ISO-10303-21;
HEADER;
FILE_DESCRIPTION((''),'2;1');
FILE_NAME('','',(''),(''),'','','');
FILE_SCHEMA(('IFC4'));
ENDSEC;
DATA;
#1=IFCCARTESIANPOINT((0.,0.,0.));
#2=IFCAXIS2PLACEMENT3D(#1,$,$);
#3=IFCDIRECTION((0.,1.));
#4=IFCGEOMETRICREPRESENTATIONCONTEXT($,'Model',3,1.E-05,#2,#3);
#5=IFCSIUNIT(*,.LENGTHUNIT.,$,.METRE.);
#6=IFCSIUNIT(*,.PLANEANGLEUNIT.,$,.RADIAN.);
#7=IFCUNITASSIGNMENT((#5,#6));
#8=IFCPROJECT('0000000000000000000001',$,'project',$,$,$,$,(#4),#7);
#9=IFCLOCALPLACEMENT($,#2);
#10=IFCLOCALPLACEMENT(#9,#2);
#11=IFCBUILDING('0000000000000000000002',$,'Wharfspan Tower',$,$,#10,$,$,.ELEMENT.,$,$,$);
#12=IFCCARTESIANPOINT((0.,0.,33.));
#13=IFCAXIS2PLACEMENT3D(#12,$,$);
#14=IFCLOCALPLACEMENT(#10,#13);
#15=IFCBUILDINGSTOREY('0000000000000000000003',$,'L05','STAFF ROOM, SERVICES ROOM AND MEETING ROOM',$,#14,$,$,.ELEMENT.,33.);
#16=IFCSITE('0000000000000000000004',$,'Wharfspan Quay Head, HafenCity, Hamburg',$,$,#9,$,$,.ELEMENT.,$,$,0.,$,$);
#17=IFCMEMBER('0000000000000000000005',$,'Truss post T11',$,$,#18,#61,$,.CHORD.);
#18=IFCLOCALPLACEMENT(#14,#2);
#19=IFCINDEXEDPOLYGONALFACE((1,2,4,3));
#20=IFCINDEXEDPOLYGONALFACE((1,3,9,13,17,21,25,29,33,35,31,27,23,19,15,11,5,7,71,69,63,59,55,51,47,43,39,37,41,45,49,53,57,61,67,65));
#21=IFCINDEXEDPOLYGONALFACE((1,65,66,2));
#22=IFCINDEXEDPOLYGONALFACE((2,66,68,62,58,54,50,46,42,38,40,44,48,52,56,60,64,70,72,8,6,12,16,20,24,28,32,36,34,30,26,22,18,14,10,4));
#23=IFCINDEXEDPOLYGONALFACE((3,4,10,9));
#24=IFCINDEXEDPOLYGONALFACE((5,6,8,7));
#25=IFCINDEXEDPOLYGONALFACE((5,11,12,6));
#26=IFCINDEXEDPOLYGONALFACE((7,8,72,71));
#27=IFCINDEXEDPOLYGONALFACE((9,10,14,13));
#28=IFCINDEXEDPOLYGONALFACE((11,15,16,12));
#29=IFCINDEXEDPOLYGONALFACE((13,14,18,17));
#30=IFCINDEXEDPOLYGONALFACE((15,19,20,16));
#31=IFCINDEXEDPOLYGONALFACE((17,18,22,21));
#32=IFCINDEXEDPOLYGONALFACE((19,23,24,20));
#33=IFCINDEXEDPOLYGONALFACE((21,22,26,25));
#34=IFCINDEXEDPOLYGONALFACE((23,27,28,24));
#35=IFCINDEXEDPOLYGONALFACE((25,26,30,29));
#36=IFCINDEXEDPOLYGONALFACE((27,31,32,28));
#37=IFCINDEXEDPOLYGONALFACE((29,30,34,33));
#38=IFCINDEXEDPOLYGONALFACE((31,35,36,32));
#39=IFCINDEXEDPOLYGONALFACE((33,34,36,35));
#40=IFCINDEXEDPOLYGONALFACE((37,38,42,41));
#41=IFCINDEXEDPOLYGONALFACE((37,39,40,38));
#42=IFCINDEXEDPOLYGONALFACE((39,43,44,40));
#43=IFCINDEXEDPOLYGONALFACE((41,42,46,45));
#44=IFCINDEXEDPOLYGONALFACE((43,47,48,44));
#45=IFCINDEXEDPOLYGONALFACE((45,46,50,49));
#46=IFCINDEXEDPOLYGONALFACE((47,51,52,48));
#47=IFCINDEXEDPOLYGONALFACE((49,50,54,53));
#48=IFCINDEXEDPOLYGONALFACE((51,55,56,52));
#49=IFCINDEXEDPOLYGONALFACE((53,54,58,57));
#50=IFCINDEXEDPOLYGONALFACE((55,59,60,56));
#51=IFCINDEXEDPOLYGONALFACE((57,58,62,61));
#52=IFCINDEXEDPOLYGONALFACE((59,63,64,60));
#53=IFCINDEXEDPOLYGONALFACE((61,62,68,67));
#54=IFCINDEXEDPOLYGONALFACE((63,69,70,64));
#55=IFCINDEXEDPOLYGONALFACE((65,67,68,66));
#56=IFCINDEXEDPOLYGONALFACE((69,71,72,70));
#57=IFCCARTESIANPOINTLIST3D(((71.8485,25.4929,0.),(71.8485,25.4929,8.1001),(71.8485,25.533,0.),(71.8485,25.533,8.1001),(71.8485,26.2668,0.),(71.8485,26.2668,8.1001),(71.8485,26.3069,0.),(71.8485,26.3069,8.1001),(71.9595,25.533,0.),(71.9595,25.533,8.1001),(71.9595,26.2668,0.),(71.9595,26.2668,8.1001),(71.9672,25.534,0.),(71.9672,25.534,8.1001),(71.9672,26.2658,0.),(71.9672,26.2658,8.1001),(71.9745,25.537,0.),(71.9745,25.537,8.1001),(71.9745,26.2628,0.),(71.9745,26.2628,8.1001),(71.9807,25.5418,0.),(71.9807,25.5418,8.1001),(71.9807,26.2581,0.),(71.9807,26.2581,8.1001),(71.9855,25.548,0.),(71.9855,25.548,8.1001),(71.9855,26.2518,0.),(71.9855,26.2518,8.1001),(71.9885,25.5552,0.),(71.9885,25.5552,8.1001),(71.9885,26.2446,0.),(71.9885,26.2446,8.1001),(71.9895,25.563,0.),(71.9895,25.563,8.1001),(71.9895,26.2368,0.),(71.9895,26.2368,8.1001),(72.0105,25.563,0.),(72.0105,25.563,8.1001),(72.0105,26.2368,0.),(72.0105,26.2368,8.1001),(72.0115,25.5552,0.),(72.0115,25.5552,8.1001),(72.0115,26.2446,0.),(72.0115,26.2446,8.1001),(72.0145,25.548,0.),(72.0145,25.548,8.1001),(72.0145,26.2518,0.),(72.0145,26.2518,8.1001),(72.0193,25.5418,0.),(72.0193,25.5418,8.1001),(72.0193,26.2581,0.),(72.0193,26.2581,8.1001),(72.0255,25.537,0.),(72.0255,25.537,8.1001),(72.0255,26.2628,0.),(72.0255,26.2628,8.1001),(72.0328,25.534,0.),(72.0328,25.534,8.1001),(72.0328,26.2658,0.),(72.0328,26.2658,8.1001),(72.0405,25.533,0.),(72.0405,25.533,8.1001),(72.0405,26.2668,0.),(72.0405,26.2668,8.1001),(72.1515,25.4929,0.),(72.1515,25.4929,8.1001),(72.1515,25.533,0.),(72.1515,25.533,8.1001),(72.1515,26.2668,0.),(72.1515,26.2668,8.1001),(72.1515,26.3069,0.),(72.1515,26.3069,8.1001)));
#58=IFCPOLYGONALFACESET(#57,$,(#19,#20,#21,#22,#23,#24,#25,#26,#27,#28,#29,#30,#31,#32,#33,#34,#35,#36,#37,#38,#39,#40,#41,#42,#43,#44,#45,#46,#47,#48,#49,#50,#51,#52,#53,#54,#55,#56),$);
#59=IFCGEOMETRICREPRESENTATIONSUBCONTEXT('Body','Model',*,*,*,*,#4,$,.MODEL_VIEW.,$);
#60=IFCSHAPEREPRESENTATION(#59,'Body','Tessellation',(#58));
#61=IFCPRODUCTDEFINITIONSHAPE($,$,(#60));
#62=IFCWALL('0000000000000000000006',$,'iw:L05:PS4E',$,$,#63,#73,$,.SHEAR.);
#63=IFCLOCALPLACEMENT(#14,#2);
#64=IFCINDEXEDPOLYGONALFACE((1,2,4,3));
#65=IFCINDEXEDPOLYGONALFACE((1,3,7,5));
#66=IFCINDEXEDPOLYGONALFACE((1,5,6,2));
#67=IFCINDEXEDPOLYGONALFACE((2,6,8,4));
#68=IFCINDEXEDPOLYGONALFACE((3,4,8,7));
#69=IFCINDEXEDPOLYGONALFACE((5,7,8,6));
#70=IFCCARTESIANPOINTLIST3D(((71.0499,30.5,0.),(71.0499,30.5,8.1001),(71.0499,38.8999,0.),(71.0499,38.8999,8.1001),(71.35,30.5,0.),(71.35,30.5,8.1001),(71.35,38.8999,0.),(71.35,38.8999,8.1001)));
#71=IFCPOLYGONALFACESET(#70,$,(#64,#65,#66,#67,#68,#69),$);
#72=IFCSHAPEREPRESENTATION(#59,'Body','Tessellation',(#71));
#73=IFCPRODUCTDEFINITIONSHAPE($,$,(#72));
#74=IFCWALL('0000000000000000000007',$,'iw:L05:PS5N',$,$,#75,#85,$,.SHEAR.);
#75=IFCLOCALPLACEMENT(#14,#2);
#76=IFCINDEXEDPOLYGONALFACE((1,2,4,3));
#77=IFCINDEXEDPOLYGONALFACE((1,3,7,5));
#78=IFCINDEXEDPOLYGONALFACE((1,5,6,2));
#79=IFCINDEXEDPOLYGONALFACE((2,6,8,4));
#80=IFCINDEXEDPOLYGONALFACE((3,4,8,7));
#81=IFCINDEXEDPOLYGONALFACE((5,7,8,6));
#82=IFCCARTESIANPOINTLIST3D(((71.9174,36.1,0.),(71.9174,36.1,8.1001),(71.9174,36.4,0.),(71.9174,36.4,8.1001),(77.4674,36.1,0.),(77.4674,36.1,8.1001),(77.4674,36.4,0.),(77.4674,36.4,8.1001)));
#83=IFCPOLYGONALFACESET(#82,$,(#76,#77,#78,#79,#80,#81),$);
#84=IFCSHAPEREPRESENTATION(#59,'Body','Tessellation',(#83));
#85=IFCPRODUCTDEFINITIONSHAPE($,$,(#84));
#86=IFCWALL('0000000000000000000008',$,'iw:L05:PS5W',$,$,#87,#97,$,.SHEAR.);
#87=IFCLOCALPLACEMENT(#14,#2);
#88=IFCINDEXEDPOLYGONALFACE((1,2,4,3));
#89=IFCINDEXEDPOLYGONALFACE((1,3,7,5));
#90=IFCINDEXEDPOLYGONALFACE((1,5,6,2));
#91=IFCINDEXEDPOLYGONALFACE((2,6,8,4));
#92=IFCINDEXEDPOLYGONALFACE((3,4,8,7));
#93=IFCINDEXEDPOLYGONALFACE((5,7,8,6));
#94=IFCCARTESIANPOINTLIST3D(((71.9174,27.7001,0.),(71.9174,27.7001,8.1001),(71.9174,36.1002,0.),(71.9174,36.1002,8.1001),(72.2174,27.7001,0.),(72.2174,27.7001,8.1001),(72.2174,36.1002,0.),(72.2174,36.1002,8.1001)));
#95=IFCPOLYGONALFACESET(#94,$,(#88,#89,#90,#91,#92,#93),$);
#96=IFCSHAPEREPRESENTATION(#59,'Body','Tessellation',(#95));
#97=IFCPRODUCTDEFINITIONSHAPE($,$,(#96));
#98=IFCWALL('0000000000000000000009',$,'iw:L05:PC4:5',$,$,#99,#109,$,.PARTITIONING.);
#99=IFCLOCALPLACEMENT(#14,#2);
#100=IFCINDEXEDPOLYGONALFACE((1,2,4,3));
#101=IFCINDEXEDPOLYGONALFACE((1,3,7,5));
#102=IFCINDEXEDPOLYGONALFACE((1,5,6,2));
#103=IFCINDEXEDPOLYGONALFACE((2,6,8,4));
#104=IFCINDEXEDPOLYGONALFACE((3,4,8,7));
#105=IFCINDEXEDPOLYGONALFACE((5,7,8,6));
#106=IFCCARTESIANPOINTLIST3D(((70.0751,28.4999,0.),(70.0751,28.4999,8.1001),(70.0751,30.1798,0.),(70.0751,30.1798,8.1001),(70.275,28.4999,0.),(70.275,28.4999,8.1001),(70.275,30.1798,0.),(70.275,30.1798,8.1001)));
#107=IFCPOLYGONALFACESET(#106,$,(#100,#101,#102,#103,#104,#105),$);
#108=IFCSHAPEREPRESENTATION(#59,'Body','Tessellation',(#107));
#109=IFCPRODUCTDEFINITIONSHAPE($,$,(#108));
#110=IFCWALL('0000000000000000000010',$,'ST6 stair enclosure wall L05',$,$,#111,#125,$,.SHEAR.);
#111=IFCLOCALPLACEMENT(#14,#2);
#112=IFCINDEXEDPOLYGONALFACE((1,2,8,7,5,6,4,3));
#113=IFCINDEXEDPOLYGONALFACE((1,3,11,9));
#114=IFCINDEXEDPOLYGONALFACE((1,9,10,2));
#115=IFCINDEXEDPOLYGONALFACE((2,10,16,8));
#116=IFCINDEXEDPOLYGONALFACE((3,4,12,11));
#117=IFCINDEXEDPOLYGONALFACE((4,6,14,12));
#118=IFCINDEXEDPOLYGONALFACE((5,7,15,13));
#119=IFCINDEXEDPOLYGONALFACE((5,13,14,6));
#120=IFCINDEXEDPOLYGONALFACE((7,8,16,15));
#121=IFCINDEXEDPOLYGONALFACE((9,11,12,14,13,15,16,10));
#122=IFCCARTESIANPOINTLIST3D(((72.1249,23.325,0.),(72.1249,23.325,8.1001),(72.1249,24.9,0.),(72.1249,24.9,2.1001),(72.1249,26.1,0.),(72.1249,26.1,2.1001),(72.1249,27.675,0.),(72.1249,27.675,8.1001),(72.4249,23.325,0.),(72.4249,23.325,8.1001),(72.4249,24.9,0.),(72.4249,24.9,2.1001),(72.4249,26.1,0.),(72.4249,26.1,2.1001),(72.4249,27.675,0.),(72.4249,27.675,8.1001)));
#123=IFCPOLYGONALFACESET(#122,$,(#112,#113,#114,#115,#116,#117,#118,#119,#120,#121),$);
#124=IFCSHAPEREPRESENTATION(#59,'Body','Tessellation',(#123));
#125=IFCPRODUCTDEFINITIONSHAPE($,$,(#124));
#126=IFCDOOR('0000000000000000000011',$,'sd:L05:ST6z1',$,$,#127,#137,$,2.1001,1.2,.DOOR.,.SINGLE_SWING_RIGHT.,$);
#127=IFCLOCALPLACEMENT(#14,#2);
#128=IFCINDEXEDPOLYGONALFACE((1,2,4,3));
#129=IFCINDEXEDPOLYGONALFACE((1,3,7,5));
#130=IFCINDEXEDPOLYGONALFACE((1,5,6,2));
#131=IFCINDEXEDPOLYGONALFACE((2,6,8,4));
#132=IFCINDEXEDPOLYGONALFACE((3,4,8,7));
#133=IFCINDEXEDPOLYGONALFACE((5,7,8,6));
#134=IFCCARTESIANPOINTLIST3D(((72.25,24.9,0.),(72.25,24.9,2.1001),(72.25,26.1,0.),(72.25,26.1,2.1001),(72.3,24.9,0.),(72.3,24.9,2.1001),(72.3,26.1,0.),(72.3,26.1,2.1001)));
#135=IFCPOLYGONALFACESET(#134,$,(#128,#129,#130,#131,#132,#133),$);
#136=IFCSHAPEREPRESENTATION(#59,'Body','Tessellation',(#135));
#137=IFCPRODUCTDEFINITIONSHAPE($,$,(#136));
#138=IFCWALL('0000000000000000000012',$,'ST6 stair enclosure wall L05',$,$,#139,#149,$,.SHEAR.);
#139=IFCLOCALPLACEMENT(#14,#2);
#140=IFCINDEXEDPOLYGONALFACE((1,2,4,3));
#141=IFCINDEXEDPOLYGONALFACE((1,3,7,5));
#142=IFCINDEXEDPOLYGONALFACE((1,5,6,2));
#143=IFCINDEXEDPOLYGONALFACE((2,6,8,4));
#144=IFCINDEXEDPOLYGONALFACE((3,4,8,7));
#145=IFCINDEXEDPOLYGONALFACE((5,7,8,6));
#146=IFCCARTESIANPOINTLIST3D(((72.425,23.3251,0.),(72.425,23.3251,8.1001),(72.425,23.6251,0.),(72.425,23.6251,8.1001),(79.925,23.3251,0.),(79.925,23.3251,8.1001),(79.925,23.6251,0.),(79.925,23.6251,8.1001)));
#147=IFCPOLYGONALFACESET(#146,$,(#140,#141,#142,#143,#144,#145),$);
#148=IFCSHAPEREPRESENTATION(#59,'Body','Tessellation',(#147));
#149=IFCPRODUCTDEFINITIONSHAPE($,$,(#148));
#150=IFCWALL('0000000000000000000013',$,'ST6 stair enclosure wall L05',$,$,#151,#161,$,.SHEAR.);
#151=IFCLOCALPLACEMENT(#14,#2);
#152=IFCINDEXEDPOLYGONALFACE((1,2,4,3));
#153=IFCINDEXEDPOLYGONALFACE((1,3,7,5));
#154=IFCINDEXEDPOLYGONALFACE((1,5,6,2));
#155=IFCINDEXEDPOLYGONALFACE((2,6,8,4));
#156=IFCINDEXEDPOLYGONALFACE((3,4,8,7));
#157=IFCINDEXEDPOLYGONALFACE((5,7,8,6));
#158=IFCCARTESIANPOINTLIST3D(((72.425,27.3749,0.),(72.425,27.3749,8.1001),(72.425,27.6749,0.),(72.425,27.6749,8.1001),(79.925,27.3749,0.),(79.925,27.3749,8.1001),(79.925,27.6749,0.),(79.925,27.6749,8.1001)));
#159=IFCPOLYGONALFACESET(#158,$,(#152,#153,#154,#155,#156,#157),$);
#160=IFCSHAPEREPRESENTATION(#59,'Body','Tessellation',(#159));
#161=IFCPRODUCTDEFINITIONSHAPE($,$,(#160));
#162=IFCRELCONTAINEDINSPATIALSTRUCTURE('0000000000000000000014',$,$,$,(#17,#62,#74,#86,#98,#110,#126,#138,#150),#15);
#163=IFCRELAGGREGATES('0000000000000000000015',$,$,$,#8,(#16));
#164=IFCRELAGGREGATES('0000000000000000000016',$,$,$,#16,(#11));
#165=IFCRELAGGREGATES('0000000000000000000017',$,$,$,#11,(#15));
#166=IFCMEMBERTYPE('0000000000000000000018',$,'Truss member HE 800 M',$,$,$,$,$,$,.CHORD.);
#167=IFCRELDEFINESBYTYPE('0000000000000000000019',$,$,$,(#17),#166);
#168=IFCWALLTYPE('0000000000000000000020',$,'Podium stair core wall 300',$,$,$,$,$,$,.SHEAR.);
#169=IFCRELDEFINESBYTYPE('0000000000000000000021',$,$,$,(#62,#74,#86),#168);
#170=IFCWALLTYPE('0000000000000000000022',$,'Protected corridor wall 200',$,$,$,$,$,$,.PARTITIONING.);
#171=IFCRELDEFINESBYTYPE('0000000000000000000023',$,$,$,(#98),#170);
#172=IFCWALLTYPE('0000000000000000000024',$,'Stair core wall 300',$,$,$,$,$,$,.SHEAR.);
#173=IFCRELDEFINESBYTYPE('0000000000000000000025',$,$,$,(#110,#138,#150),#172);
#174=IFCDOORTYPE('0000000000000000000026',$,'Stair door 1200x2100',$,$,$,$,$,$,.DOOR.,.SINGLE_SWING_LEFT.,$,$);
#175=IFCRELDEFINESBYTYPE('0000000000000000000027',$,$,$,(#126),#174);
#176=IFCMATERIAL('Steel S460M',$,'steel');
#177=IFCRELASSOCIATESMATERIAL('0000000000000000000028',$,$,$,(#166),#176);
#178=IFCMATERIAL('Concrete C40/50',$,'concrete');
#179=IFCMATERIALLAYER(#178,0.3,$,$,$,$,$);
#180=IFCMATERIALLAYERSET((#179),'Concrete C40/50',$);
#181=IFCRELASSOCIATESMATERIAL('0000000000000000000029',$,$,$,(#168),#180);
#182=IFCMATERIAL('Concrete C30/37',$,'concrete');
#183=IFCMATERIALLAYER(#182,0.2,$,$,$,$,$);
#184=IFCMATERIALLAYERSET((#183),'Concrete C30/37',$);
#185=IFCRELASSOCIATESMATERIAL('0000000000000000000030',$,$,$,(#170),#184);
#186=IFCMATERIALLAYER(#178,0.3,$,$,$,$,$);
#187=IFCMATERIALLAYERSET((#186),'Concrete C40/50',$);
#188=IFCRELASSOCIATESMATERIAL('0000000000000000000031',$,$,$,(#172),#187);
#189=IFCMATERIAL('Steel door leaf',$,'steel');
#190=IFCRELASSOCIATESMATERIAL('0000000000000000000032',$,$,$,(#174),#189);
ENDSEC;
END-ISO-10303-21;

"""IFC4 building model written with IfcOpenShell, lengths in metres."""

from ifc_helpers import new_model, si_unit, direction, frame, frame_2d, origin, origin_2d, place, context, subcontext, project, spatial, rectangle, i_section, extrude, material, layer, layer_set, material_profile, profile_set, type_object, element, fill, save


model = new_model("IFC4")

# Units and contexts
model_context = context("Model", 3, precision=1e-05, world=origin(), true_north=direction((0.0, 1.0)))
body_context = subcontext(model_context, "Body", "Model", "MODEL_VIEW")
ifc_project = project(units=[si_unit("LENGTHUNIT", "METRE"), si_unit("PLANEANGLEUNIT", "RADIAN")], contexts=[model_context])

# Site, building, storey
site_placement = place(None, origin())
site = spatial("IfcSite", under=ifc_project, at=site_placement, Name="Wharfspan Quay Head, HafenCity, Hamburg", CompositionType="ELEMENT", RefElevation=0.0)
building_placement = place(site_placement, origin())
building = spatial("IfcBuilding", under=site, at=building_placement, Name="Wharfspan Tower", CompositionType="ELEMENT")
storey_placement = place(building_placement, frame((0.0, 0.0, 33.0)))
storey = spatial("IfcBuildingStorey", under=building, at=storey_placement, Name="L05", Description="STAFF ROOM, SERVICES ROOM AND MEETING ROOM", CompositionType="ELEMENT", Elevation=33.0)

# Member
ifc_material_1 = material(Name="Steel S460M", Category="steel")
ifc_material_profile_1 = material_profile(ifc_material_1, i_section(OverallWidth=0.303, OverallDepth=0.814, WebThickness=0.021, FlangeThickness=0.04, FilletRadius=0.03, at=origin_2d()))
ifc_profile_set_1 = profile_set([ifc_material_profile_1], Name="Steel S460M")
member_type_1 = type_object("IfcMemberType", Name="Truss member HE 800 M", PredefinedType="CHORD", material=ifc_profile_set_1)
for number, where, z_axis, x_axis, name in (
    (1, (72.0, 25.8999, 0.0), (0.0, 0.0, 1.0), (1.0, 0.0, 0.0), "Truss post T11"),
):
    element("IfcMember", number, at=place(storey_placement, frame(where, z_axis=z_axis, x_axis=x_axis)), inside=storey, type_object=member_type_1, Name=name, PredefinedType="CHORD", context=body_context, shape_type="SweptSolid", body=[
        extrude(i_section(OverallWidth=0.303, OverallDepth=0.814, WebThickness=0.021, FlangeThickness=0.04, FilletRadius=0.03, at=origin_2d()), origin(), (0.0, 0.0, 1.0), 8.1001),
    ])

# Walls
ifc_material_2 = material(Name="Concrete C40/50", Category="concrete")
ifc_layer_1 = layer(ifc_material_2, 0.3)
ifc_layer_set_1 = layer_set([ifc_layer_1], Name="Concrete C40/50")
wall_type_1 = type_object("IfcWallType", Name="Podium stair core wall 300", PredefinedType="SHEAR", material=ifc_layer_set_1)
wall_1_placement = place(storey_placement, frame((71.2, 30.5, 0.0), z_axis=(0.0, 0.0, 1.0), x_axis=(0.0, 1.0, 0.0)))
element("IfcWall", 2, at=wall_1_placement, inside=storey, type_object=wall_type_1, Name="iw:L05:PS4E", PredefinedType="SHEAR", context=body_context, shape_type="SweptSolid", body=[
    extrude(rectangle(XDim=8.3999, YDim=0.3, at=frame_2d((4.2, 0.0))), origin(), (0.0, 0.0, 1.0), 8.1001),
])
wall_2_placement = place(storey_placement, frame((71.9175, 36.25, 0.0), z_axis=(0.0, 0.0, 1.0), x_axis=(1.0, 0.0, 0.0)))
element("IfcWall", 3, at=wall_2_placement, inside=storey, type_object=wall_type_1, Name="iw:L05:PS5N", PredefinedType="SHEAR", context=body_context, shape_type="SweptSolid", body=[
    extrude(rectangle(XDim=5.55, YDim=0.3, at=frame_2d((2.7749, 0.0))), origin(), (0.0, 0.0, 1.0), 8.1001),
])
wall_3_placement = place(storey_placement, frame((72.0674, 27.7, 0.0), z_axis=(0.0, 0.0, 1.0), x_axis=(0.0, 1.0, 0.0)))
element("IfcWall", 4, at=wall_3_placement, inside=storey, type_object=wall_type_1, Name="iw:L05:PS5W", PredefinedType="SHEAR", context=body_context, shape_type="SweptSolid", body=[
    extrude(rectangle(XDim=8.4001, YDim=0.3, at=frame_2d((4.2002, 0.0))), origin(), (0.0, 0.0, 1.0), 8.1001),
])
ifc_material_3 = material(Name="Concrete C30/37", Category="concrete")
ifc_layer_2 = layer(ifc_material_3, 0.2)
ifc_layer_set_2 = layer_set([ifc_layer_2], Name="Concrete C30/37")
wall_type_2 = type_object("IfcWallType", Name="Protected corridor wall 200", PredefinedType="PARTITIONING", material=ifc_layer_set_2)
wall_4_placement = place(storey_placement, frame((70.175, 28.5, 0.0), z_axis=(0.0, 0.0, 1.0), x_axis=(0.0, 1.0, 0.0)))
element("IfcWall", 5, at=wall_4_placement, inside=storey, type_object=wall_type_2, Name="iw:L05:PC4:5", PredefinedType="PARTITIONING", context=body_context, shape_type="SweptSolid", body=[
    extrude(rectangle(XDim=1.6799, YDim=0.2, at=frame_2d((0.8398, 0.0))), origin(), (0.0, 0.0, 1.0), 8.1001),
])

# Wall, opening, door
ifc_layer_3 = layer(ifc_material_2, 0.3)
ifc_layer_set_3 = layer_set([ifc_layer_3], Name="Concrete C40/50")
wall_type_3 = type_object("IfcWallType", Name="Stair core wall 300", PredefinedType="SHEAR", material=ifc_layer_set_3)
wall_5_placement = place(storey_placement, frame((72.2749, 23.325, 0.0), z_axis=(0.0, 0.0, 1.0), x_axis=(0.0, 1.0, 0.0)))
wall_5 = element("IfcWall", 6, at=wall_5_placement, inside=storey, type_object=wall_type_3, Name="ST6 stair enclosure wall L05", PredefinedType="SHEAR", context=body_context, shape_type="SweptSolid", body=[
    extrude(rectangle(XDim=4.3501, YDim=0.3, at=frame_2d((2.175, 0.0))), origin(), (0.0, 0.0, 1.0), 8.1001),
])
opening_placement = place(wall_5_placement, frame((1.575, 0.0, 0.0)))
opening = element("IfcOpeningElement", 7, at=opening_placement, cuts=wall_5, PredefinedType="OPENING", context=body_context, shape_type="SweptSolid", body=[
    extrude(rectangle(XDim=1.2, YDim=2.1001, at=frame_2d((0.6001, 1.05))), frame((0.0, 0.1599, 0.0), z_axis=(0.0, -1.0, 0.0), x_axis=(1.0, 0.0, 0.0)), (0.0, 0.0, 1.0), 0.3201),
])
ifc_material_4 = material(Name="Steel door leaf", Category="steel")
door_type = type_object("IfcDoorType", Name="Stair door 1200x2100", OperationType="SINGLE_SWING_LEFT", PredefinedType="DOOR", material=ifc_material_4)
door_placement = place(opening_placement, origin())
door = element("IfcDoor", 8, at=door_placement, inside=storey, type_object=door_type, Name="sd:L05:ST6z1", OperationType="SINGLE_SWING_RIGHT", OverallHeight=2.1001, OverallWidth=1.2, PredefinedType="DOOR", context=body_context, shape_type="SweptSolid", body=[
    extrude(rectangle(XDim=1.2, YDim=2.1001, at=frame_2d((0.6001, 1.05))), frame((0.0, 0.0249, 0.0), z_axis=(0.0, -1.0, 0.0), x_axis=(1.0, 0.0, 0.0)), (0.0, 0.0, 1.0), 0.05),
])
fill(opening, door)

# Walls
for number, where, z_axis, x_axis, name in (
    (9, (72.425, 23.4751, 0.0), (0.0, 0.0, 1.0), (1.0, 0.0, 0.0), "ST6 stair enclosure wall L05"),
    (10, (72.425, 27.5249, 0.0), (0.0, 0.0, 1.0), (1.0, 0.0, 0.0), "ST6 stair enclosure wall L05"),
):
    element("IfcWall", number, at=place(storey_placement, frame(where, z_axis=z_axis, x_axis=x_axis)), inside=storey, type_object=wall_type_3, Name=name, PredefinedType="SHEAR", context=body_context, shape_type="SweptSolid", body=[
        extrude(rectangle(XDim=7.5, YDim=0.3, at=frame_2d((3.75, 0.0))), origin(), (0.0, 0.0, 1.0), 8.1001),
    ])

save(model, "model.ifc")
